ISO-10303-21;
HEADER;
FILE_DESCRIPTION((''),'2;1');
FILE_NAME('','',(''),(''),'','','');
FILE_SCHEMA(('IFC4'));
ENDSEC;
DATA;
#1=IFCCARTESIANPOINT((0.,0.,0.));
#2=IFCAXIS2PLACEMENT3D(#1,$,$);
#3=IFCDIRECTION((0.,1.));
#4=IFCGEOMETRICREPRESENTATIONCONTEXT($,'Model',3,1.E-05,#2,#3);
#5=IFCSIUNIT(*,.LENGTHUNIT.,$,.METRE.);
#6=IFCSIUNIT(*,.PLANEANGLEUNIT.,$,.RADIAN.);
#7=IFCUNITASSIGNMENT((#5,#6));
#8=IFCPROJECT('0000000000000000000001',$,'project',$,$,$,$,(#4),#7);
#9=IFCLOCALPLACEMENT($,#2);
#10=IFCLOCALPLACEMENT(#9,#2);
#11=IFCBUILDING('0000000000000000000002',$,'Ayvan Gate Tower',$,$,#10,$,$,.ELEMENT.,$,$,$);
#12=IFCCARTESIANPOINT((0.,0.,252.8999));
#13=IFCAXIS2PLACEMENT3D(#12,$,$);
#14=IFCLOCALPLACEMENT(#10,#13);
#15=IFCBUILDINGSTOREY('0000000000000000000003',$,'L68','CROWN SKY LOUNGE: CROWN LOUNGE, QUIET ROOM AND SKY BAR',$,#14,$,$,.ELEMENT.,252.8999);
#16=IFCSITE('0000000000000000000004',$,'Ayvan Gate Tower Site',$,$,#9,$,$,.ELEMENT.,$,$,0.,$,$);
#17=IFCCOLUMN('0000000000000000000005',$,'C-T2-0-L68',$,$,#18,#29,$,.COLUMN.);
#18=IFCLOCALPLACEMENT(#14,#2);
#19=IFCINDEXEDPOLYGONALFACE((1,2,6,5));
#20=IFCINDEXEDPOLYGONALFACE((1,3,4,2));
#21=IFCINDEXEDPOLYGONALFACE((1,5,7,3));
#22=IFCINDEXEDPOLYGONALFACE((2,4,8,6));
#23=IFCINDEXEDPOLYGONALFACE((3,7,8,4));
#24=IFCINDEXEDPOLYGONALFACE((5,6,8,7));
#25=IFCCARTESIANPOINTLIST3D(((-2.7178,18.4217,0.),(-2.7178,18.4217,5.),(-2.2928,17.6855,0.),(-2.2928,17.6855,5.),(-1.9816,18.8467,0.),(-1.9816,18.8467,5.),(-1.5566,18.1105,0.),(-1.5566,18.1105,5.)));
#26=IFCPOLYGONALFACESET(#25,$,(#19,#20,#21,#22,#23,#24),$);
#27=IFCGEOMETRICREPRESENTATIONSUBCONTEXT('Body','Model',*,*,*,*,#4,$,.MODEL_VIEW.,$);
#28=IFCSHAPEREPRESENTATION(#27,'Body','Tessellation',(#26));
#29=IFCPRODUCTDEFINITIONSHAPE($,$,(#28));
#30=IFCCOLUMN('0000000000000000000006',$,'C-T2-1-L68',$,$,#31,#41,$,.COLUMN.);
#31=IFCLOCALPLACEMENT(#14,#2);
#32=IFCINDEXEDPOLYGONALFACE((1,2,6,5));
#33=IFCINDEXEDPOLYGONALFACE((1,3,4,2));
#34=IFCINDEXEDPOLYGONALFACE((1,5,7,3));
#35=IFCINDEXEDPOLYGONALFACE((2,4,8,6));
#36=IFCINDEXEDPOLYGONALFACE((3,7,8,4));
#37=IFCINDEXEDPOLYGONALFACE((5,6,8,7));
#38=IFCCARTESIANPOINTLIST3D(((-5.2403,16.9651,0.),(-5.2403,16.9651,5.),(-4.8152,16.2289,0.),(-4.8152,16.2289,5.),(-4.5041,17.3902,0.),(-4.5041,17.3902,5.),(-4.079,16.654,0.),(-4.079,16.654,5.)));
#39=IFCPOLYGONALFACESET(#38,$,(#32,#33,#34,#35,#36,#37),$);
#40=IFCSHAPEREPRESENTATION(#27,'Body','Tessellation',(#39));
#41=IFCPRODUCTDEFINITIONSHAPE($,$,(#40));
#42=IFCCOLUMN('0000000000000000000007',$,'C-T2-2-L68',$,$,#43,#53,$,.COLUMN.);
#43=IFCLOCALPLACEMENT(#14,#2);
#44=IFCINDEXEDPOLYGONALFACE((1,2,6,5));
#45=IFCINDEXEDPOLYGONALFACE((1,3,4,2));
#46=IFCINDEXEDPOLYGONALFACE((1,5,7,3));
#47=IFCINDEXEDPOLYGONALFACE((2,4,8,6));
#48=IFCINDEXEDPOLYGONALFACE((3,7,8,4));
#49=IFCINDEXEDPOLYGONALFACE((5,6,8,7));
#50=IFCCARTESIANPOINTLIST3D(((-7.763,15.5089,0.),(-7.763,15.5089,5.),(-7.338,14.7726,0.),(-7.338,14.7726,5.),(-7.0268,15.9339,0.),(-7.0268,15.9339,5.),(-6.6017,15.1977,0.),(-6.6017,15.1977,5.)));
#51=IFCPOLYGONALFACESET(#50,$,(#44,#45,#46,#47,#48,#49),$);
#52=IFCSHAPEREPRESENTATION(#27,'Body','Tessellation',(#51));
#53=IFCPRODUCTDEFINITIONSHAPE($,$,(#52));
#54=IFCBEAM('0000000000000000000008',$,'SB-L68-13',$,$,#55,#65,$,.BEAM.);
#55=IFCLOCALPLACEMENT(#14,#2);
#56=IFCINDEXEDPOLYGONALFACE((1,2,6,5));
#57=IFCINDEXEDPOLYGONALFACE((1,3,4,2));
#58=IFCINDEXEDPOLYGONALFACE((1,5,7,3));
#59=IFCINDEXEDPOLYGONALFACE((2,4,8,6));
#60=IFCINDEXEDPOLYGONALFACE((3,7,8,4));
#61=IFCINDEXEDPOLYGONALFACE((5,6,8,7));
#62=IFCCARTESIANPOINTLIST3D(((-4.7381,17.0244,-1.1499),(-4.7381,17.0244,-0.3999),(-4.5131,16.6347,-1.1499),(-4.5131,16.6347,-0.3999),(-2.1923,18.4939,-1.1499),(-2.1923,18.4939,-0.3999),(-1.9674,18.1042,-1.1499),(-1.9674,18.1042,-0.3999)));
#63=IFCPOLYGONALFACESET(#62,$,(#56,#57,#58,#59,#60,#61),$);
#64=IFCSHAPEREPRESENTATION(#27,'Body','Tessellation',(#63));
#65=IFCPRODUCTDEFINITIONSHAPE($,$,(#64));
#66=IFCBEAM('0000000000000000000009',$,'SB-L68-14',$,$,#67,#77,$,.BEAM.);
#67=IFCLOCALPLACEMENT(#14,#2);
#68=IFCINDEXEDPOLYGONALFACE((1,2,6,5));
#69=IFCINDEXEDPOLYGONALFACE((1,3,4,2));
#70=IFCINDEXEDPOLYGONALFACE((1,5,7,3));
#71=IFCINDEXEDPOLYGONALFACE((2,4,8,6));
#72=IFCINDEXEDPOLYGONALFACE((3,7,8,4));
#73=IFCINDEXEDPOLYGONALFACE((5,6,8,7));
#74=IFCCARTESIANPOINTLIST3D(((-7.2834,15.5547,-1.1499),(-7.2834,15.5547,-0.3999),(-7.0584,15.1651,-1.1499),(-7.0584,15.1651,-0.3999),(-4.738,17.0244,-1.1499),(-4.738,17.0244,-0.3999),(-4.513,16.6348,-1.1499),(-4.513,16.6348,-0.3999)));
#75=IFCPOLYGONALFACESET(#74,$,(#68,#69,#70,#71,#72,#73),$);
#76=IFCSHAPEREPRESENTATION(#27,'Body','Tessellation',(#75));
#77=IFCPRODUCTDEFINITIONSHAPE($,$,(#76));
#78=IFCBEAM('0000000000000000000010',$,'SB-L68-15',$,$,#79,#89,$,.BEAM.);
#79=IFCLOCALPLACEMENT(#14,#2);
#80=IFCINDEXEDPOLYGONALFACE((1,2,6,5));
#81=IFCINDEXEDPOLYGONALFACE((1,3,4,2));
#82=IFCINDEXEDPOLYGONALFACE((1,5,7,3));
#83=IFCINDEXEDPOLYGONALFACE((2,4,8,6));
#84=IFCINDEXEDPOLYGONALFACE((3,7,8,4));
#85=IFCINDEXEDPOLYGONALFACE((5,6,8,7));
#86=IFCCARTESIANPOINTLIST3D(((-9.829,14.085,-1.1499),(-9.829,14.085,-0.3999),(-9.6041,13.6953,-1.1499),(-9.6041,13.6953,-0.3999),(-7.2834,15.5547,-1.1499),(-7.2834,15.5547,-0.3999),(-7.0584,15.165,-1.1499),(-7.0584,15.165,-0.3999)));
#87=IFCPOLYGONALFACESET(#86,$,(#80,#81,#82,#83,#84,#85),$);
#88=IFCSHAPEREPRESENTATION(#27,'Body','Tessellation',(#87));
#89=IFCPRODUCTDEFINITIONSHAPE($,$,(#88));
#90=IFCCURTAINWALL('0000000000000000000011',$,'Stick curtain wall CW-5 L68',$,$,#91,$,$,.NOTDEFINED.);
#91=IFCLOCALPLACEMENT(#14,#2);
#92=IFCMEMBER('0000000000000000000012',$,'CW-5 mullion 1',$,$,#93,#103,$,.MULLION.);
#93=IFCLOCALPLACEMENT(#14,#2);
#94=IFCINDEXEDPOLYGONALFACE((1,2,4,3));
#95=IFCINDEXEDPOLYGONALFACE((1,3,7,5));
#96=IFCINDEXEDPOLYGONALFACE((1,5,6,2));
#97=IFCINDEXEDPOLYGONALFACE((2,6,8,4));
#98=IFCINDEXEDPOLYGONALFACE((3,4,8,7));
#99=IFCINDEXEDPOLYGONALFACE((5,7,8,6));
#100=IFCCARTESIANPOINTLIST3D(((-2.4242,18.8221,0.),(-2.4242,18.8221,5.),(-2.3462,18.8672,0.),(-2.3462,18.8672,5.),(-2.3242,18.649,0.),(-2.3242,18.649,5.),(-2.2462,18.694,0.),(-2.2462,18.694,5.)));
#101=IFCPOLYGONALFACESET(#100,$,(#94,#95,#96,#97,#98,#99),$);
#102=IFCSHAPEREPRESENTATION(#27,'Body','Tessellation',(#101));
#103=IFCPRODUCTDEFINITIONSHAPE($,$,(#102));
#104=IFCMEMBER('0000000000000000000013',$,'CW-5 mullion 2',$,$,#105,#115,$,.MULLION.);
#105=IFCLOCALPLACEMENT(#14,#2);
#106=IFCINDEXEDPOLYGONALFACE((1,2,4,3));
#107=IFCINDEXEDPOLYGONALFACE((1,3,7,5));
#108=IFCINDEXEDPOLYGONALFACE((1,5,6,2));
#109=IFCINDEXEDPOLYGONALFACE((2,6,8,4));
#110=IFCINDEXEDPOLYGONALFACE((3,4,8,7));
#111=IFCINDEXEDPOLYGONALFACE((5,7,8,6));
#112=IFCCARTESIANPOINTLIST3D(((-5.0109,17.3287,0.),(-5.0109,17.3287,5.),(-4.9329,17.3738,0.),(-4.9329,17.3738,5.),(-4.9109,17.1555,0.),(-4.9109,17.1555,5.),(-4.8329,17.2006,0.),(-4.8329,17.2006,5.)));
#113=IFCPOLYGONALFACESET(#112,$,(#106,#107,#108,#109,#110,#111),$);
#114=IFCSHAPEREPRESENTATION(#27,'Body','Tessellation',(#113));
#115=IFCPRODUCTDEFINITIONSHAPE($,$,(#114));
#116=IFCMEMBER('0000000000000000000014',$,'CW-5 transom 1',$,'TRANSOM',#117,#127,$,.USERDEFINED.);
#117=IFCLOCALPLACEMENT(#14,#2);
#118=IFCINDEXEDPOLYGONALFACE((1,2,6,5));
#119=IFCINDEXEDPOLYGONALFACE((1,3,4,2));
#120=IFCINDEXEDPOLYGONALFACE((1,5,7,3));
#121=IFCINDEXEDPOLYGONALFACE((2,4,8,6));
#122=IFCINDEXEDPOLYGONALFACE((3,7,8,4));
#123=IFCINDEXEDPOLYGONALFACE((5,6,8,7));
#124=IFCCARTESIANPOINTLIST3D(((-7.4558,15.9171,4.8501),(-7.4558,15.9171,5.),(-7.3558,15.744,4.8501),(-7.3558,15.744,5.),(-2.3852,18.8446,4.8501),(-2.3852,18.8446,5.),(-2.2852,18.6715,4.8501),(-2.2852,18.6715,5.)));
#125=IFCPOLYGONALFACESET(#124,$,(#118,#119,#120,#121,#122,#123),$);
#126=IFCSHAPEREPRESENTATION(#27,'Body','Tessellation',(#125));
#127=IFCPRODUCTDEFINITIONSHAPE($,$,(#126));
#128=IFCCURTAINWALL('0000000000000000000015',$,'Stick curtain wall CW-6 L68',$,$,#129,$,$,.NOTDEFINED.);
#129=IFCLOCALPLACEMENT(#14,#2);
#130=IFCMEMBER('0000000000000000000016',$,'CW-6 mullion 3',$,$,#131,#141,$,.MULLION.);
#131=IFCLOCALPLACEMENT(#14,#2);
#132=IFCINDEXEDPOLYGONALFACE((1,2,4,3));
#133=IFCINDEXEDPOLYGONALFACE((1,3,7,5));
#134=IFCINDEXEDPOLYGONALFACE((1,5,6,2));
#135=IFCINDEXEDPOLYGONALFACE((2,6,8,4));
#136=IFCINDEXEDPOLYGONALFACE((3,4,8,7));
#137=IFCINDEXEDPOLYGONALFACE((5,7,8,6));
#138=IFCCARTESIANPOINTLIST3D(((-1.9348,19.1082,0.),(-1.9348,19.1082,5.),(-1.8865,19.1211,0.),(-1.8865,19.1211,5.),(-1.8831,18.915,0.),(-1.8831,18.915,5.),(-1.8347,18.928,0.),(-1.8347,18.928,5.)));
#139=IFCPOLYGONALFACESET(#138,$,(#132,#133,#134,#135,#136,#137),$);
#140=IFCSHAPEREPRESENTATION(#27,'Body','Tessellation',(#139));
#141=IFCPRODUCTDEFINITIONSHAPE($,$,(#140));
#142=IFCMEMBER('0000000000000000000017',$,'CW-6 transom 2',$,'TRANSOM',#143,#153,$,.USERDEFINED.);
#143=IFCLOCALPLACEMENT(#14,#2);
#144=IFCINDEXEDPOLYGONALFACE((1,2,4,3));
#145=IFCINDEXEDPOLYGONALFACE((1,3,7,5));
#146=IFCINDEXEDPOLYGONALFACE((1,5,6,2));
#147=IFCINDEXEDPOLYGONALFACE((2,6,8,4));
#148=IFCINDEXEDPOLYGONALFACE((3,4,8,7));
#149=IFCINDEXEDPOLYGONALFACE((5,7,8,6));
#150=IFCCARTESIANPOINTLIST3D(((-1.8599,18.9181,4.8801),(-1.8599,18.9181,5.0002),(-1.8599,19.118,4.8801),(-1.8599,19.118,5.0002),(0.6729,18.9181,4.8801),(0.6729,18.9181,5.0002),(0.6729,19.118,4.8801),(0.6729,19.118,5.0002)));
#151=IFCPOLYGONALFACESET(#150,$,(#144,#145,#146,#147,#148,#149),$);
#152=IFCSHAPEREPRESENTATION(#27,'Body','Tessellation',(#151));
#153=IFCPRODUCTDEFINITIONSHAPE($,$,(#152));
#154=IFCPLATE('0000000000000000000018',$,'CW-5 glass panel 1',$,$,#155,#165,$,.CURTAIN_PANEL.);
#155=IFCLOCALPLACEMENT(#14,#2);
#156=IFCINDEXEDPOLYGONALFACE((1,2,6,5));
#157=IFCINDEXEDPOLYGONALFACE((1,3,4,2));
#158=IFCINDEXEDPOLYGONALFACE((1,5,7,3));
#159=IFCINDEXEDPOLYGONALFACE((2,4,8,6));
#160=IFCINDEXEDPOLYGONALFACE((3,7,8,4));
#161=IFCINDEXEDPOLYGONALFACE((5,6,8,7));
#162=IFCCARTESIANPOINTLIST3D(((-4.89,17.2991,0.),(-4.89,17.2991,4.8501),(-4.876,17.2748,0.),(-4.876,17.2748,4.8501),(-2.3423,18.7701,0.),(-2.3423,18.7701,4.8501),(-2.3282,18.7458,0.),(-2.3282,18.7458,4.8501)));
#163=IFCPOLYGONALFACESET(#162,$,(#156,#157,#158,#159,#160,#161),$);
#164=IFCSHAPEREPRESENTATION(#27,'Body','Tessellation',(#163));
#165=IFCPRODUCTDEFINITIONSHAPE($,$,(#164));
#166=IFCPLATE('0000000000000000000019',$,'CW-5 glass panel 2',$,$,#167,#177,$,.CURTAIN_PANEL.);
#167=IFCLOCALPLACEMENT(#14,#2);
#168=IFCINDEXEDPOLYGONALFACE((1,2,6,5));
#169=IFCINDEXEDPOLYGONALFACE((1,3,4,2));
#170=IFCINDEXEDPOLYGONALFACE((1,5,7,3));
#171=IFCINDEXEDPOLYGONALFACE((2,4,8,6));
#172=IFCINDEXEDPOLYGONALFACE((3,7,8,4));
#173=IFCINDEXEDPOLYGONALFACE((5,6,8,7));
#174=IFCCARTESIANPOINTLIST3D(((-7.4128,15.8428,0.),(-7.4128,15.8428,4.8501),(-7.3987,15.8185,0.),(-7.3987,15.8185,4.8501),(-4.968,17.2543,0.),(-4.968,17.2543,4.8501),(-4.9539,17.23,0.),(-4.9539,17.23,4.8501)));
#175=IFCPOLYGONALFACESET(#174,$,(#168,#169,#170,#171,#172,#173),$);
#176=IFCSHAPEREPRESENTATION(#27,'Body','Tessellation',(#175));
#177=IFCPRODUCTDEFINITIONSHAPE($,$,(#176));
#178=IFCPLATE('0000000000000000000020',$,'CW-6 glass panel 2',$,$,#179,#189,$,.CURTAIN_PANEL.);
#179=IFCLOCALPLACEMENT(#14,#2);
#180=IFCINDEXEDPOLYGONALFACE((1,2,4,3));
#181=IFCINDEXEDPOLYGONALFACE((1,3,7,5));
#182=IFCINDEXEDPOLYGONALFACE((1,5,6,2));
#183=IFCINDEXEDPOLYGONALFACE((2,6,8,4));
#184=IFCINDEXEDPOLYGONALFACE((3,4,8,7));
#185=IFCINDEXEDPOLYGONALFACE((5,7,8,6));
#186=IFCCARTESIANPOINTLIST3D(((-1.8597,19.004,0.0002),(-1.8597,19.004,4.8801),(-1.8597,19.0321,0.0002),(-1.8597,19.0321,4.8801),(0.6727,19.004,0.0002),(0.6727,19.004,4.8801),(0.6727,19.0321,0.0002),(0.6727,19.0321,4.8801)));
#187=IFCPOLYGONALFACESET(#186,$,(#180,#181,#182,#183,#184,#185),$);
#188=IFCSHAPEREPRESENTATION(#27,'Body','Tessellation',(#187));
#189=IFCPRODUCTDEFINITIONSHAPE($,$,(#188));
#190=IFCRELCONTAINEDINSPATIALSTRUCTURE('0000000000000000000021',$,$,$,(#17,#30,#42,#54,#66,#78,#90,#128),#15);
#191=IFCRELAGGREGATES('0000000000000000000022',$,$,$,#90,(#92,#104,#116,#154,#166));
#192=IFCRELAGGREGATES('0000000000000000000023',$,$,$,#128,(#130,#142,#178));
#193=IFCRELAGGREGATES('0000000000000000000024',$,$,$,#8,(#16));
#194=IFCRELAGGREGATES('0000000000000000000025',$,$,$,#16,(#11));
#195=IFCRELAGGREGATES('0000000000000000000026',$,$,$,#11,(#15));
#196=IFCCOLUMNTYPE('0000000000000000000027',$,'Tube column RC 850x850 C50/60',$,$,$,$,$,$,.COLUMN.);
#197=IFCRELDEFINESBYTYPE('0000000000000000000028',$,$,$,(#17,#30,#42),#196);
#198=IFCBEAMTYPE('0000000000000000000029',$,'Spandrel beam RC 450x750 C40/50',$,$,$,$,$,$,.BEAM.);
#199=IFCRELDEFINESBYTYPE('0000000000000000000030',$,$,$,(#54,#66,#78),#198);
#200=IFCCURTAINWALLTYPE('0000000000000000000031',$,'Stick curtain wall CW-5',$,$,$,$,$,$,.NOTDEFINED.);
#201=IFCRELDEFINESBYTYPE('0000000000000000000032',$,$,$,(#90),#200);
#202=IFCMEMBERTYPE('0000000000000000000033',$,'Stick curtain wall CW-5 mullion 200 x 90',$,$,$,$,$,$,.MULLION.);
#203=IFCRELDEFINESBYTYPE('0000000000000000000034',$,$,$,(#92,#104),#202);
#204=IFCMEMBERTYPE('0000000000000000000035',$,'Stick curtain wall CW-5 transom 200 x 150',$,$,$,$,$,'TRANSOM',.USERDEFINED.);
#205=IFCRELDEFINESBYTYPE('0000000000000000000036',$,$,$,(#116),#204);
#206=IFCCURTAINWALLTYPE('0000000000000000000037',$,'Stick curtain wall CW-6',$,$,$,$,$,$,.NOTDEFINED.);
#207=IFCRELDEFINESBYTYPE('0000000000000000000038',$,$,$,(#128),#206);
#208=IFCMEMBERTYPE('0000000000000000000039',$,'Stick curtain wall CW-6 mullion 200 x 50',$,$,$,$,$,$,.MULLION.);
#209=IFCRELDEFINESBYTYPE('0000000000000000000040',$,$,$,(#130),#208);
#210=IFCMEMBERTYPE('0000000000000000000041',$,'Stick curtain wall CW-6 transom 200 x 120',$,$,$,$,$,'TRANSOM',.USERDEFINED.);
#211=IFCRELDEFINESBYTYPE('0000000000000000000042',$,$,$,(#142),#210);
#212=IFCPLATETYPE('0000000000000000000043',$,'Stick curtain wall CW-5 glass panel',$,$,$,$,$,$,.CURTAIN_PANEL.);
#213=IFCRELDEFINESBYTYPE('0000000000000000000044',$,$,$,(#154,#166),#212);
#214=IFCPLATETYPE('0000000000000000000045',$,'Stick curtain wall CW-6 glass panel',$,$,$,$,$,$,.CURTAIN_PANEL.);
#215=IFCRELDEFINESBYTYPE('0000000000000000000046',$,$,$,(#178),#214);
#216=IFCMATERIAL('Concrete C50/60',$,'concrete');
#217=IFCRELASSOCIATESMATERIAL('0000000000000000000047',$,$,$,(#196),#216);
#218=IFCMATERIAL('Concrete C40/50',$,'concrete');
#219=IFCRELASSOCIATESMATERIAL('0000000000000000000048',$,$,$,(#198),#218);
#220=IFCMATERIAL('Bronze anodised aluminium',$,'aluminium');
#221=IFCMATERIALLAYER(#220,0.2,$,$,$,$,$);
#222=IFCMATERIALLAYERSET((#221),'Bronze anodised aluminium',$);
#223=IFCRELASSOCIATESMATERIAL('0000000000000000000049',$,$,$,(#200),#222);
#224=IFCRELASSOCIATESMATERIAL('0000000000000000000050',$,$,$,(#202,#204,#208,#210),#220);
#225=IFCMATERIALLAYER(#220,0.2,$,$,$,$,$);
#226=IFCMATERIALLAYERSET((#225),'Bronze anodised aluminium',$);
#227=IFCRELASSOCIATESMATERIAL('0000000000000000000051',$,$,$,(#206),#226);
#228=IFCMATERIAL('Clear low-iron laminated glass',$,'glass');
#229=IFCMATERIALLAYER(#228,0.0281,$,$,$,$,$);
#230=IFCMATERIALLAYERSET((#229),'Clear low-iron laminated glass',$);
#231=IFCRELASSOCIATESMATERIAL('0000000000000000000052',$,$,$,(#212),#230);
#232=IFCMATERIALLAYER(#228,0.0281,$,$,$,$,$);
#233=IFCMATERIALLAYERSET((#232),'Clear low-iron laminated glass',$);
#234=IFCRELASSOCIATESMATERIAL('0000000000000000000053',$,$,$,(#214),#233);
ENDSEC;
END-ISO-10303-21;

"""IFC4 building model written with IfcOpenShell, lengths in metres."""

from ifc_helpers import new_model, si_unit, direction, frame, origin, origin_2d, place, context, subcontext, project, spatial, rectangle, extrude, material, layer, layer_set, material_profile, profile_set, type_object, element, aggregate, save


model = new_model("IFC4")

# Units and contexts
model_context = context("Model", 3, precision=1e-05, world=origin(), true_north=direction((0.0, 1.0)))
body_context = subcontext(model_context, "Body", "Model", "MODEL_VIEW")
ifc_project = project(units=[si_unit("LENGTHUNIT", "METRE"), si_unit("PLANEANGLEUNIT", "RADIAN")], contexts=[model_context])

# Site, building, storey
site_placement = place(None, origin())
site = spatial("IfcSite", under=ifc_project, at=site_placement, Name="Ayvan Gate Tower Site", CompositionType="ELEMENT", RefElevation=0.0)
building_placement = place(site_placement, origin())
building = spatial("IfcBuilding", under=site, at=building_placement, Name="Ayvan Gate Tower", CompositionType="ELEMENT")
storey_placement = place(building_placement, frame((0.0, 0.0, 252.8999)))
storey = spatial("IfcBuildingStorey", under=building, at=storey_placement, Name="L68", Description="CROWN SKY LOUNGE: CROWN LOUNGE, QUIET ROOM AND SKY BAR", CompositionType="ELEMENT", Elevation=252.8999)

# Columns
ifc_material_1 = material(Name="Concrete C50/60", Category="concrete")
ifc_material_profile_1 = material_profile(ifc_material_1, rectangle(XDim=0.8501, YDim=0.8501, at=origin_2d()), Name="RC 850x850")
ifc_profile_set_1 = profile_set([ifc_material_profile_1], Name="Concrete C50/60")
column_type = type_object("IfcColumnType", Name="Tube column RC 850x850 C50/60", PredefinedType="COLUMN", material=ifc_profile_set_1)
for number, where, z_axis, x_axis, name in (
    (1, (-2.1372, 18.2661, 0.0), (0.0, 0.0, 1.0), (-0.5, 0.866025, 0.0), "C-T2-0-L68"),
    (2, (-4.6597, 16.8096, 0.0), (0.0, 0.0, 1.0), (-0.5, 0.866025, 0.0), "C-T2-1-L68"),
    (3, (-7.1824, 15.3533, 0.0), (0.0, 0.0, 1.0), (-0.5, 0.866025, 0.0), "C-T2-2-L68"),
):
    element("IfcColumn", number, at=place(storey_placement, frame(where, z_axis=z_axis, x_axis=x_axis)), inside=storey, type_object=column_type, Name=name, PredefinedType="COLUMN", context=body_context, shape_type="SweptSolid", body=[
        extrude(rectangle(XDim=0.8501, YDim=0.8501, at=origin_2d()), origin(), (0.0, 0.0, 1.0), 5.0),
    ])

# Beams
ifc_material_2 = material(Name="Concrete C40/50", Category="concrete")
ifc_material_profile_2 = material_profile(ifc_material_2, rectangle(XDim=0.45, YDim=0.75, at=origin_2d()), Name="RC 450x750")
ifc_profile_set_2 = profile_set([ifc_material_profile_2], Name="Concrete C40/50")
beam_type = type_object("IfcBeamType", Name="Spandrel beam RC 450x750 C40/50", PredefinedType="BEAM", material=ifc_profile_set_2)
beam_1_placement = place(storey_placement, frame((-2.0798, 18.2991, -0.7749), z_axis=(-0.866062, -0.499936, 0.0), x_axis=(0.499936, -0.866062, 0.0)))
element("IfcBeam", 4, at=beam_1_placement, inside=storey, type_object=beam_type, Name="SB-L68-13", PredefinedType="BEAM", context=body_context, shape_type="SweptSolid", body=[
    extrude(rectangle(XDim=0.45, YDim=0.75, at=origin_2d()), origin(), (0.0, 0.0, 1.0), 2.9395),
])
beam_2_placement = place(storey_placement, frame((-4.6255, 16.8296, -0.7749), z_axis=(-0.866006, -0.500034, 0.0), x_axis=(0.500034, -0.866006, 0.0)))
element("IfcBeam", 5, at=beam_2_placement, inside=storey, type_object=beam_type, Name="SB-L68-14", PredefinedType="BEAM", context=body_context, shape_type="SweptSolid", body=[
    extrude(rectangle(XDim=0.45, YDim=0.75, at=origin_2d()), origin(), (0.0, 0.0, 1.0), 2.9392),
])
beam_3_placement = place(storey_placement, frame((-7.1709, 15.3599, -0.7749), z_axis=(-0.866027, -0.499998, 0.0), x_axis=(0.499998, -0.866027, 0.0)))
element("IfcBeam", 6, at=beam_3_placement, inside=storey, type_object=beam_type, Name="SB-L68-15", PredefinedType="BEAM", context=body_context, shape_type="SweptSolid", body=[
    extrude(rectangle(XDim=0.45, YDim=0.75, at=origin_2d()), origin(), (0.0, 0.0, 1.0), 2.9395),
])

# Curtain walls, members
ifc_material_3 = material(Name="Bronze anodised aluminium", Category="aluminium")
ifc_layer_1 = layer(ifc_material_3, 0.2)
ifc_layer_set_1 = layer_set([ifc_layer_1], Name="Bronze anodised aluminium")
curtain_wall_type_1 = type_object("IfcCurtainWallType", Name="Stick curtain wall CW-5", PredefinedType="NOTDEFINED", material=ifc_layer_set_1)
curtain_wall_1_placement = place(storey_placement, origin())
curtain_wall_1 = element("IfcCurtainWall", 7, at=curtain_wall_1_placement, inside=storey, type_object=curtain_wall_type_1, Name="Stick curtain wall CW-5 L68", PredefinedType="NOTDEFINED")
ifc_material_profile_3 = material_profile(ifc_material_3, rectangle(XDim=0.2, YDim=0.0901, at=origin_2d()), Name="Stick curtain wall CW-5 mullion 200 x 90")
ifc_profile_set_3 = profile_set([ifc_material_profile_3], Name="Bronze anodised aluminium")
member_type_1 = type_object("IfcMemberType", Name="Stick curtain wall CW-5 mullion 200 x 90", PredefinedType="MULLION", material=ifc_profile_set_3)
member_1_placement = place(storey_placement, frame((-2.3352, 18.7581, 0.0), z_axis=(0.0, 0.0, 1.0), x_axis=(-0.5, 0.866025, 0.0)))
member_1 = element("IfcMember", 8, at=member_1_placement, type_object=member_type_1, Name="CW-5 mullion 1", PredefinedType="MULLION", context=body_context, shape_type="SweptSolid", body=[
    extrude(rectangle(XDim=0.2, YDim=0.0901, at=origin_2d()), origin(), (0.0, 0.0, 1.0), 5.0),
])
member_2_placement = place(storey_placement, frame((-4.9219, 17.2646, 0.0), z_axis=(0.0, 0.0, 1.0), x_axis=(-0.5, 0.866025, 0.0)))
member_2 = element("IfcMember", 9, at=member_2_placement, type_object=member_type_1, Name="CW-5 mullion 2", PredefinedType="MULLION", context=body_context, shape_type="SweptSolid", body=[
    extrude(rectangle(XDim=0.2, YDim=0.0901, at=origin_2d()), origin(), (0.0, 0.0, 1.0), 5.0),
])
ifc_material_profile_4 = material_profile(ifc_material_3, rectangle(XDim=0.2, YDim=0.1499, at=origin_2d()), Name="Stick curtain wall CW-5 transom 200 x 150")
ifc_profile_set_4 = profile_set([ifc_material_profile_4], Name="Bronze anodised aluminium")
member_type_2 = type_object("IfcMemberType", Name="Stick curtain wall CW-5 transom 200 x 150", ElementType="TRANSOM", PredefinedType="USERDEFINED", material=ifc_profile_set_4)
member_3_placement = place(storey_placement, frame((-2.3352, 18.7581, 4.925), z_axis=(-0.866025, -0.5, 0.0), x_axis=(0.5, -0.866025, 0.0)))
member_3 = element("IfcMember", 10, at=member_3_placement, type_object=member_type_2, Name="CW-5 transom 1", ObjectType="TRANSOM", PredefinedType="USERDEFINED", context=body_context, shape_type="SweptSolid", body=[
    extrude(rectangle(XDim=0.2, YDim=0.1499, at=origin_2d()), origin(), (0.0, 0.0, 1.0), 5.855),
])
ifc_layer_2 = layer(ifc_material_3, 0.2)
ifc_layer_set_2 = layer_set([ifc_layer_2], Name="Bronze anodised aluminium")
curtain_wall_type_2 = type_object("IfcCurtainWallType", Name="Stick curtain wall CW-6", PredefinedType="NOTDEFINED", material=ifc_layer_set_2)
curtain_wall_2_placement = place(storey_placement, origin())
curtain_wall_2 = element("IfcCurtainWall", 11, at=curtain_wall_2_placement, inside=storey, type_object=curtain_wall_type_2, Name="Stick curtain wall CW-6 L68", PredefinedType="NOTDEFINED")
ifc_material_profile_5 = material_profile(ifc_material_3, rectangle(XDim=0.2, YDim=0.05, at=origin_2d()), Name="Stick curtain wall CW-6 mullion 200 x 50")
ifc_profile_set_5 = profile_set([ifc_material_profile_5], Name="Bronze anodised aluminium")
member_type_3 = type_object("IfcMemberType", Name="Stick curtain wall CW-6 mullion 200 x 50", PredefinedType="MULLION", material=ifc_profile_set_5)
member_4_placement = place(storey_placement, frame((-1.8848, 19.0181, 0.0), z_axis=(0.0, 0.0, 1.0), x_axis=(-0.258819, 0.965926, 0.0)))
member_4 = element("IfcMember", 12, at=member_4_placement, type_object=member_type_3, Name="CW-6 mullion 3", PredefinedType="MULLION", context=body_context, shape_type="SweptSolid", body=[
    extrude(rectangle(XDim=0.2, YDim=0.05, at=origin_2d()), origin(), (0.0, 0.0, 1.0), 5.0),
])
ifc_material_profile_6 = material_profile(ifc_material_3, rectangle(XDim=0.2, YDim=0.1201, at=origin_2d()), Name="Stick curtain wall CW-6 transom 200 x 120")
ifc_profile_set_6 = profile_set([ifc_material_profile_6], Name="Bronze anodised aluminium")
member_type_4 = type_object("IfcMemberType", Name="Stick curtain wall CW-6 transom 200 x 120", ElementType="TRANSOM", PredefinedType="USERDEFINED", material=ifc_profile_set_6)
member_5_placement = place(storey_placement, frame((0.6729, 19.0181, 4.9402), z_axis=(-1.0, 0.0, 0.0), x_axis=(0.0, -1.0, 0.0)))
member_5 = element("IfcMember", 13, at=member_5_placement, type_object=member_type_4, Name="CW-6 transom 2", ObjectType="TRANSOM", PredefinedType="USERDEFINED", context=body_context, shape_type="SweptSolid", body=[
    extrude(rectangle(XDim=0.2, YDim=0.1201, at=origin_2d()), origin(), (0.0, 0.0, 1.0), 2.5327),
])

# Plates
ifc_material_4 = material(Name="Clear low-iron laminated glass", Category="glass")
ifc_layer_3 = layer(ifc_material_4, 0.0281)
ifc_layer_set_3 = layer_set([ifc_layer_3], Name="Clear low-iron laminated glass")
plate_type_1 = type_object("IfcPlateType", Name="Stick curtain wall CW-5 glass panel", PredefinedType="CURTAIN_PANEL", material=ifc_layer_set_3)
plate_1_placement = place(storey_placement, frame((-3.6091, 18.0225, 0.0), z_axis=(0.0, 0.0, 1.0), x_axis=(-0.866025, -0.5, 0.0)))
plate_1 = element("IfcPlate", 14, at=plate_1_placement, type_object=plate_type_1, Name="CW-5 glass panel 1", PredefinedType="CURTAIN_PANEL", context=body_context, shape_type="SweptSolid", body=[
    extrude(rectangle(XDim=2.9419, YDim=0.0281, at=origin_2d()), origin(), (0.0, 0.0, 1.0), 4.8501),
])
plate_2_placement = place(storey_placement, frame((-6.1833, 16.5364, 0.0), z_axis=(0.0, 0.0, 1.0), x_axis=(-0.866025, -0.5, 0.0)))
plate_2 = element("IfcPlate", 15, at=plate_2_placement, type_object=plate_type_1, Name="CW-5 glass panel 2", PredefinedType="CURTAIN_PANEL", context=body_context, shape_type="SweptSolid", body=[
    extrude(rectangle(XDim=2.823, YDim=0.0281, at=origin_2d()), origin(), (0.0, 0.0, 1.0), 4.8501),
])
aggregate(curtain_wall_1, [member_1, member_2, member_3, plate_1, plate_2])
ifc_layer_4 = layer(ifc_material_4, 0.0281)
ifc_layer_set_4 = layer_set([ifc_layer_4], Name="Clear low-iron laminated glass")
plate_type_2 = type_object("IfcPlateType", Name="Stick curtain wall CW-6 glass panel", PredefinedType="CURTAIN_PANEL", material=ifc_layer_set_4)
plate_3_placement = place(storey_placement, frame((-0.5935, 19.0181, 0.0002), z_axis=(0.0, 0.0, 1.0), x_axis=(-1.0, 0.0, 0.0)))
plate_3 = element("IfcPlate", 16, at=plate_3_placement, type_object=plate_type_2, Name="CW-6 glass panel 2", PredefinedType="CURTAIN_PANEL", context=body_context, shape_type="SweptSolid", body=[
    extrude(rectangle(XDim=2.5325, YDim=0.0281, at=origin_2d()), origin(), (0.0, 0.0, 1.0), 4.8799),
])
aggregate(curtain_wall_2, [member_4, member_5, plate_3])

save(model, "model.ifc")
